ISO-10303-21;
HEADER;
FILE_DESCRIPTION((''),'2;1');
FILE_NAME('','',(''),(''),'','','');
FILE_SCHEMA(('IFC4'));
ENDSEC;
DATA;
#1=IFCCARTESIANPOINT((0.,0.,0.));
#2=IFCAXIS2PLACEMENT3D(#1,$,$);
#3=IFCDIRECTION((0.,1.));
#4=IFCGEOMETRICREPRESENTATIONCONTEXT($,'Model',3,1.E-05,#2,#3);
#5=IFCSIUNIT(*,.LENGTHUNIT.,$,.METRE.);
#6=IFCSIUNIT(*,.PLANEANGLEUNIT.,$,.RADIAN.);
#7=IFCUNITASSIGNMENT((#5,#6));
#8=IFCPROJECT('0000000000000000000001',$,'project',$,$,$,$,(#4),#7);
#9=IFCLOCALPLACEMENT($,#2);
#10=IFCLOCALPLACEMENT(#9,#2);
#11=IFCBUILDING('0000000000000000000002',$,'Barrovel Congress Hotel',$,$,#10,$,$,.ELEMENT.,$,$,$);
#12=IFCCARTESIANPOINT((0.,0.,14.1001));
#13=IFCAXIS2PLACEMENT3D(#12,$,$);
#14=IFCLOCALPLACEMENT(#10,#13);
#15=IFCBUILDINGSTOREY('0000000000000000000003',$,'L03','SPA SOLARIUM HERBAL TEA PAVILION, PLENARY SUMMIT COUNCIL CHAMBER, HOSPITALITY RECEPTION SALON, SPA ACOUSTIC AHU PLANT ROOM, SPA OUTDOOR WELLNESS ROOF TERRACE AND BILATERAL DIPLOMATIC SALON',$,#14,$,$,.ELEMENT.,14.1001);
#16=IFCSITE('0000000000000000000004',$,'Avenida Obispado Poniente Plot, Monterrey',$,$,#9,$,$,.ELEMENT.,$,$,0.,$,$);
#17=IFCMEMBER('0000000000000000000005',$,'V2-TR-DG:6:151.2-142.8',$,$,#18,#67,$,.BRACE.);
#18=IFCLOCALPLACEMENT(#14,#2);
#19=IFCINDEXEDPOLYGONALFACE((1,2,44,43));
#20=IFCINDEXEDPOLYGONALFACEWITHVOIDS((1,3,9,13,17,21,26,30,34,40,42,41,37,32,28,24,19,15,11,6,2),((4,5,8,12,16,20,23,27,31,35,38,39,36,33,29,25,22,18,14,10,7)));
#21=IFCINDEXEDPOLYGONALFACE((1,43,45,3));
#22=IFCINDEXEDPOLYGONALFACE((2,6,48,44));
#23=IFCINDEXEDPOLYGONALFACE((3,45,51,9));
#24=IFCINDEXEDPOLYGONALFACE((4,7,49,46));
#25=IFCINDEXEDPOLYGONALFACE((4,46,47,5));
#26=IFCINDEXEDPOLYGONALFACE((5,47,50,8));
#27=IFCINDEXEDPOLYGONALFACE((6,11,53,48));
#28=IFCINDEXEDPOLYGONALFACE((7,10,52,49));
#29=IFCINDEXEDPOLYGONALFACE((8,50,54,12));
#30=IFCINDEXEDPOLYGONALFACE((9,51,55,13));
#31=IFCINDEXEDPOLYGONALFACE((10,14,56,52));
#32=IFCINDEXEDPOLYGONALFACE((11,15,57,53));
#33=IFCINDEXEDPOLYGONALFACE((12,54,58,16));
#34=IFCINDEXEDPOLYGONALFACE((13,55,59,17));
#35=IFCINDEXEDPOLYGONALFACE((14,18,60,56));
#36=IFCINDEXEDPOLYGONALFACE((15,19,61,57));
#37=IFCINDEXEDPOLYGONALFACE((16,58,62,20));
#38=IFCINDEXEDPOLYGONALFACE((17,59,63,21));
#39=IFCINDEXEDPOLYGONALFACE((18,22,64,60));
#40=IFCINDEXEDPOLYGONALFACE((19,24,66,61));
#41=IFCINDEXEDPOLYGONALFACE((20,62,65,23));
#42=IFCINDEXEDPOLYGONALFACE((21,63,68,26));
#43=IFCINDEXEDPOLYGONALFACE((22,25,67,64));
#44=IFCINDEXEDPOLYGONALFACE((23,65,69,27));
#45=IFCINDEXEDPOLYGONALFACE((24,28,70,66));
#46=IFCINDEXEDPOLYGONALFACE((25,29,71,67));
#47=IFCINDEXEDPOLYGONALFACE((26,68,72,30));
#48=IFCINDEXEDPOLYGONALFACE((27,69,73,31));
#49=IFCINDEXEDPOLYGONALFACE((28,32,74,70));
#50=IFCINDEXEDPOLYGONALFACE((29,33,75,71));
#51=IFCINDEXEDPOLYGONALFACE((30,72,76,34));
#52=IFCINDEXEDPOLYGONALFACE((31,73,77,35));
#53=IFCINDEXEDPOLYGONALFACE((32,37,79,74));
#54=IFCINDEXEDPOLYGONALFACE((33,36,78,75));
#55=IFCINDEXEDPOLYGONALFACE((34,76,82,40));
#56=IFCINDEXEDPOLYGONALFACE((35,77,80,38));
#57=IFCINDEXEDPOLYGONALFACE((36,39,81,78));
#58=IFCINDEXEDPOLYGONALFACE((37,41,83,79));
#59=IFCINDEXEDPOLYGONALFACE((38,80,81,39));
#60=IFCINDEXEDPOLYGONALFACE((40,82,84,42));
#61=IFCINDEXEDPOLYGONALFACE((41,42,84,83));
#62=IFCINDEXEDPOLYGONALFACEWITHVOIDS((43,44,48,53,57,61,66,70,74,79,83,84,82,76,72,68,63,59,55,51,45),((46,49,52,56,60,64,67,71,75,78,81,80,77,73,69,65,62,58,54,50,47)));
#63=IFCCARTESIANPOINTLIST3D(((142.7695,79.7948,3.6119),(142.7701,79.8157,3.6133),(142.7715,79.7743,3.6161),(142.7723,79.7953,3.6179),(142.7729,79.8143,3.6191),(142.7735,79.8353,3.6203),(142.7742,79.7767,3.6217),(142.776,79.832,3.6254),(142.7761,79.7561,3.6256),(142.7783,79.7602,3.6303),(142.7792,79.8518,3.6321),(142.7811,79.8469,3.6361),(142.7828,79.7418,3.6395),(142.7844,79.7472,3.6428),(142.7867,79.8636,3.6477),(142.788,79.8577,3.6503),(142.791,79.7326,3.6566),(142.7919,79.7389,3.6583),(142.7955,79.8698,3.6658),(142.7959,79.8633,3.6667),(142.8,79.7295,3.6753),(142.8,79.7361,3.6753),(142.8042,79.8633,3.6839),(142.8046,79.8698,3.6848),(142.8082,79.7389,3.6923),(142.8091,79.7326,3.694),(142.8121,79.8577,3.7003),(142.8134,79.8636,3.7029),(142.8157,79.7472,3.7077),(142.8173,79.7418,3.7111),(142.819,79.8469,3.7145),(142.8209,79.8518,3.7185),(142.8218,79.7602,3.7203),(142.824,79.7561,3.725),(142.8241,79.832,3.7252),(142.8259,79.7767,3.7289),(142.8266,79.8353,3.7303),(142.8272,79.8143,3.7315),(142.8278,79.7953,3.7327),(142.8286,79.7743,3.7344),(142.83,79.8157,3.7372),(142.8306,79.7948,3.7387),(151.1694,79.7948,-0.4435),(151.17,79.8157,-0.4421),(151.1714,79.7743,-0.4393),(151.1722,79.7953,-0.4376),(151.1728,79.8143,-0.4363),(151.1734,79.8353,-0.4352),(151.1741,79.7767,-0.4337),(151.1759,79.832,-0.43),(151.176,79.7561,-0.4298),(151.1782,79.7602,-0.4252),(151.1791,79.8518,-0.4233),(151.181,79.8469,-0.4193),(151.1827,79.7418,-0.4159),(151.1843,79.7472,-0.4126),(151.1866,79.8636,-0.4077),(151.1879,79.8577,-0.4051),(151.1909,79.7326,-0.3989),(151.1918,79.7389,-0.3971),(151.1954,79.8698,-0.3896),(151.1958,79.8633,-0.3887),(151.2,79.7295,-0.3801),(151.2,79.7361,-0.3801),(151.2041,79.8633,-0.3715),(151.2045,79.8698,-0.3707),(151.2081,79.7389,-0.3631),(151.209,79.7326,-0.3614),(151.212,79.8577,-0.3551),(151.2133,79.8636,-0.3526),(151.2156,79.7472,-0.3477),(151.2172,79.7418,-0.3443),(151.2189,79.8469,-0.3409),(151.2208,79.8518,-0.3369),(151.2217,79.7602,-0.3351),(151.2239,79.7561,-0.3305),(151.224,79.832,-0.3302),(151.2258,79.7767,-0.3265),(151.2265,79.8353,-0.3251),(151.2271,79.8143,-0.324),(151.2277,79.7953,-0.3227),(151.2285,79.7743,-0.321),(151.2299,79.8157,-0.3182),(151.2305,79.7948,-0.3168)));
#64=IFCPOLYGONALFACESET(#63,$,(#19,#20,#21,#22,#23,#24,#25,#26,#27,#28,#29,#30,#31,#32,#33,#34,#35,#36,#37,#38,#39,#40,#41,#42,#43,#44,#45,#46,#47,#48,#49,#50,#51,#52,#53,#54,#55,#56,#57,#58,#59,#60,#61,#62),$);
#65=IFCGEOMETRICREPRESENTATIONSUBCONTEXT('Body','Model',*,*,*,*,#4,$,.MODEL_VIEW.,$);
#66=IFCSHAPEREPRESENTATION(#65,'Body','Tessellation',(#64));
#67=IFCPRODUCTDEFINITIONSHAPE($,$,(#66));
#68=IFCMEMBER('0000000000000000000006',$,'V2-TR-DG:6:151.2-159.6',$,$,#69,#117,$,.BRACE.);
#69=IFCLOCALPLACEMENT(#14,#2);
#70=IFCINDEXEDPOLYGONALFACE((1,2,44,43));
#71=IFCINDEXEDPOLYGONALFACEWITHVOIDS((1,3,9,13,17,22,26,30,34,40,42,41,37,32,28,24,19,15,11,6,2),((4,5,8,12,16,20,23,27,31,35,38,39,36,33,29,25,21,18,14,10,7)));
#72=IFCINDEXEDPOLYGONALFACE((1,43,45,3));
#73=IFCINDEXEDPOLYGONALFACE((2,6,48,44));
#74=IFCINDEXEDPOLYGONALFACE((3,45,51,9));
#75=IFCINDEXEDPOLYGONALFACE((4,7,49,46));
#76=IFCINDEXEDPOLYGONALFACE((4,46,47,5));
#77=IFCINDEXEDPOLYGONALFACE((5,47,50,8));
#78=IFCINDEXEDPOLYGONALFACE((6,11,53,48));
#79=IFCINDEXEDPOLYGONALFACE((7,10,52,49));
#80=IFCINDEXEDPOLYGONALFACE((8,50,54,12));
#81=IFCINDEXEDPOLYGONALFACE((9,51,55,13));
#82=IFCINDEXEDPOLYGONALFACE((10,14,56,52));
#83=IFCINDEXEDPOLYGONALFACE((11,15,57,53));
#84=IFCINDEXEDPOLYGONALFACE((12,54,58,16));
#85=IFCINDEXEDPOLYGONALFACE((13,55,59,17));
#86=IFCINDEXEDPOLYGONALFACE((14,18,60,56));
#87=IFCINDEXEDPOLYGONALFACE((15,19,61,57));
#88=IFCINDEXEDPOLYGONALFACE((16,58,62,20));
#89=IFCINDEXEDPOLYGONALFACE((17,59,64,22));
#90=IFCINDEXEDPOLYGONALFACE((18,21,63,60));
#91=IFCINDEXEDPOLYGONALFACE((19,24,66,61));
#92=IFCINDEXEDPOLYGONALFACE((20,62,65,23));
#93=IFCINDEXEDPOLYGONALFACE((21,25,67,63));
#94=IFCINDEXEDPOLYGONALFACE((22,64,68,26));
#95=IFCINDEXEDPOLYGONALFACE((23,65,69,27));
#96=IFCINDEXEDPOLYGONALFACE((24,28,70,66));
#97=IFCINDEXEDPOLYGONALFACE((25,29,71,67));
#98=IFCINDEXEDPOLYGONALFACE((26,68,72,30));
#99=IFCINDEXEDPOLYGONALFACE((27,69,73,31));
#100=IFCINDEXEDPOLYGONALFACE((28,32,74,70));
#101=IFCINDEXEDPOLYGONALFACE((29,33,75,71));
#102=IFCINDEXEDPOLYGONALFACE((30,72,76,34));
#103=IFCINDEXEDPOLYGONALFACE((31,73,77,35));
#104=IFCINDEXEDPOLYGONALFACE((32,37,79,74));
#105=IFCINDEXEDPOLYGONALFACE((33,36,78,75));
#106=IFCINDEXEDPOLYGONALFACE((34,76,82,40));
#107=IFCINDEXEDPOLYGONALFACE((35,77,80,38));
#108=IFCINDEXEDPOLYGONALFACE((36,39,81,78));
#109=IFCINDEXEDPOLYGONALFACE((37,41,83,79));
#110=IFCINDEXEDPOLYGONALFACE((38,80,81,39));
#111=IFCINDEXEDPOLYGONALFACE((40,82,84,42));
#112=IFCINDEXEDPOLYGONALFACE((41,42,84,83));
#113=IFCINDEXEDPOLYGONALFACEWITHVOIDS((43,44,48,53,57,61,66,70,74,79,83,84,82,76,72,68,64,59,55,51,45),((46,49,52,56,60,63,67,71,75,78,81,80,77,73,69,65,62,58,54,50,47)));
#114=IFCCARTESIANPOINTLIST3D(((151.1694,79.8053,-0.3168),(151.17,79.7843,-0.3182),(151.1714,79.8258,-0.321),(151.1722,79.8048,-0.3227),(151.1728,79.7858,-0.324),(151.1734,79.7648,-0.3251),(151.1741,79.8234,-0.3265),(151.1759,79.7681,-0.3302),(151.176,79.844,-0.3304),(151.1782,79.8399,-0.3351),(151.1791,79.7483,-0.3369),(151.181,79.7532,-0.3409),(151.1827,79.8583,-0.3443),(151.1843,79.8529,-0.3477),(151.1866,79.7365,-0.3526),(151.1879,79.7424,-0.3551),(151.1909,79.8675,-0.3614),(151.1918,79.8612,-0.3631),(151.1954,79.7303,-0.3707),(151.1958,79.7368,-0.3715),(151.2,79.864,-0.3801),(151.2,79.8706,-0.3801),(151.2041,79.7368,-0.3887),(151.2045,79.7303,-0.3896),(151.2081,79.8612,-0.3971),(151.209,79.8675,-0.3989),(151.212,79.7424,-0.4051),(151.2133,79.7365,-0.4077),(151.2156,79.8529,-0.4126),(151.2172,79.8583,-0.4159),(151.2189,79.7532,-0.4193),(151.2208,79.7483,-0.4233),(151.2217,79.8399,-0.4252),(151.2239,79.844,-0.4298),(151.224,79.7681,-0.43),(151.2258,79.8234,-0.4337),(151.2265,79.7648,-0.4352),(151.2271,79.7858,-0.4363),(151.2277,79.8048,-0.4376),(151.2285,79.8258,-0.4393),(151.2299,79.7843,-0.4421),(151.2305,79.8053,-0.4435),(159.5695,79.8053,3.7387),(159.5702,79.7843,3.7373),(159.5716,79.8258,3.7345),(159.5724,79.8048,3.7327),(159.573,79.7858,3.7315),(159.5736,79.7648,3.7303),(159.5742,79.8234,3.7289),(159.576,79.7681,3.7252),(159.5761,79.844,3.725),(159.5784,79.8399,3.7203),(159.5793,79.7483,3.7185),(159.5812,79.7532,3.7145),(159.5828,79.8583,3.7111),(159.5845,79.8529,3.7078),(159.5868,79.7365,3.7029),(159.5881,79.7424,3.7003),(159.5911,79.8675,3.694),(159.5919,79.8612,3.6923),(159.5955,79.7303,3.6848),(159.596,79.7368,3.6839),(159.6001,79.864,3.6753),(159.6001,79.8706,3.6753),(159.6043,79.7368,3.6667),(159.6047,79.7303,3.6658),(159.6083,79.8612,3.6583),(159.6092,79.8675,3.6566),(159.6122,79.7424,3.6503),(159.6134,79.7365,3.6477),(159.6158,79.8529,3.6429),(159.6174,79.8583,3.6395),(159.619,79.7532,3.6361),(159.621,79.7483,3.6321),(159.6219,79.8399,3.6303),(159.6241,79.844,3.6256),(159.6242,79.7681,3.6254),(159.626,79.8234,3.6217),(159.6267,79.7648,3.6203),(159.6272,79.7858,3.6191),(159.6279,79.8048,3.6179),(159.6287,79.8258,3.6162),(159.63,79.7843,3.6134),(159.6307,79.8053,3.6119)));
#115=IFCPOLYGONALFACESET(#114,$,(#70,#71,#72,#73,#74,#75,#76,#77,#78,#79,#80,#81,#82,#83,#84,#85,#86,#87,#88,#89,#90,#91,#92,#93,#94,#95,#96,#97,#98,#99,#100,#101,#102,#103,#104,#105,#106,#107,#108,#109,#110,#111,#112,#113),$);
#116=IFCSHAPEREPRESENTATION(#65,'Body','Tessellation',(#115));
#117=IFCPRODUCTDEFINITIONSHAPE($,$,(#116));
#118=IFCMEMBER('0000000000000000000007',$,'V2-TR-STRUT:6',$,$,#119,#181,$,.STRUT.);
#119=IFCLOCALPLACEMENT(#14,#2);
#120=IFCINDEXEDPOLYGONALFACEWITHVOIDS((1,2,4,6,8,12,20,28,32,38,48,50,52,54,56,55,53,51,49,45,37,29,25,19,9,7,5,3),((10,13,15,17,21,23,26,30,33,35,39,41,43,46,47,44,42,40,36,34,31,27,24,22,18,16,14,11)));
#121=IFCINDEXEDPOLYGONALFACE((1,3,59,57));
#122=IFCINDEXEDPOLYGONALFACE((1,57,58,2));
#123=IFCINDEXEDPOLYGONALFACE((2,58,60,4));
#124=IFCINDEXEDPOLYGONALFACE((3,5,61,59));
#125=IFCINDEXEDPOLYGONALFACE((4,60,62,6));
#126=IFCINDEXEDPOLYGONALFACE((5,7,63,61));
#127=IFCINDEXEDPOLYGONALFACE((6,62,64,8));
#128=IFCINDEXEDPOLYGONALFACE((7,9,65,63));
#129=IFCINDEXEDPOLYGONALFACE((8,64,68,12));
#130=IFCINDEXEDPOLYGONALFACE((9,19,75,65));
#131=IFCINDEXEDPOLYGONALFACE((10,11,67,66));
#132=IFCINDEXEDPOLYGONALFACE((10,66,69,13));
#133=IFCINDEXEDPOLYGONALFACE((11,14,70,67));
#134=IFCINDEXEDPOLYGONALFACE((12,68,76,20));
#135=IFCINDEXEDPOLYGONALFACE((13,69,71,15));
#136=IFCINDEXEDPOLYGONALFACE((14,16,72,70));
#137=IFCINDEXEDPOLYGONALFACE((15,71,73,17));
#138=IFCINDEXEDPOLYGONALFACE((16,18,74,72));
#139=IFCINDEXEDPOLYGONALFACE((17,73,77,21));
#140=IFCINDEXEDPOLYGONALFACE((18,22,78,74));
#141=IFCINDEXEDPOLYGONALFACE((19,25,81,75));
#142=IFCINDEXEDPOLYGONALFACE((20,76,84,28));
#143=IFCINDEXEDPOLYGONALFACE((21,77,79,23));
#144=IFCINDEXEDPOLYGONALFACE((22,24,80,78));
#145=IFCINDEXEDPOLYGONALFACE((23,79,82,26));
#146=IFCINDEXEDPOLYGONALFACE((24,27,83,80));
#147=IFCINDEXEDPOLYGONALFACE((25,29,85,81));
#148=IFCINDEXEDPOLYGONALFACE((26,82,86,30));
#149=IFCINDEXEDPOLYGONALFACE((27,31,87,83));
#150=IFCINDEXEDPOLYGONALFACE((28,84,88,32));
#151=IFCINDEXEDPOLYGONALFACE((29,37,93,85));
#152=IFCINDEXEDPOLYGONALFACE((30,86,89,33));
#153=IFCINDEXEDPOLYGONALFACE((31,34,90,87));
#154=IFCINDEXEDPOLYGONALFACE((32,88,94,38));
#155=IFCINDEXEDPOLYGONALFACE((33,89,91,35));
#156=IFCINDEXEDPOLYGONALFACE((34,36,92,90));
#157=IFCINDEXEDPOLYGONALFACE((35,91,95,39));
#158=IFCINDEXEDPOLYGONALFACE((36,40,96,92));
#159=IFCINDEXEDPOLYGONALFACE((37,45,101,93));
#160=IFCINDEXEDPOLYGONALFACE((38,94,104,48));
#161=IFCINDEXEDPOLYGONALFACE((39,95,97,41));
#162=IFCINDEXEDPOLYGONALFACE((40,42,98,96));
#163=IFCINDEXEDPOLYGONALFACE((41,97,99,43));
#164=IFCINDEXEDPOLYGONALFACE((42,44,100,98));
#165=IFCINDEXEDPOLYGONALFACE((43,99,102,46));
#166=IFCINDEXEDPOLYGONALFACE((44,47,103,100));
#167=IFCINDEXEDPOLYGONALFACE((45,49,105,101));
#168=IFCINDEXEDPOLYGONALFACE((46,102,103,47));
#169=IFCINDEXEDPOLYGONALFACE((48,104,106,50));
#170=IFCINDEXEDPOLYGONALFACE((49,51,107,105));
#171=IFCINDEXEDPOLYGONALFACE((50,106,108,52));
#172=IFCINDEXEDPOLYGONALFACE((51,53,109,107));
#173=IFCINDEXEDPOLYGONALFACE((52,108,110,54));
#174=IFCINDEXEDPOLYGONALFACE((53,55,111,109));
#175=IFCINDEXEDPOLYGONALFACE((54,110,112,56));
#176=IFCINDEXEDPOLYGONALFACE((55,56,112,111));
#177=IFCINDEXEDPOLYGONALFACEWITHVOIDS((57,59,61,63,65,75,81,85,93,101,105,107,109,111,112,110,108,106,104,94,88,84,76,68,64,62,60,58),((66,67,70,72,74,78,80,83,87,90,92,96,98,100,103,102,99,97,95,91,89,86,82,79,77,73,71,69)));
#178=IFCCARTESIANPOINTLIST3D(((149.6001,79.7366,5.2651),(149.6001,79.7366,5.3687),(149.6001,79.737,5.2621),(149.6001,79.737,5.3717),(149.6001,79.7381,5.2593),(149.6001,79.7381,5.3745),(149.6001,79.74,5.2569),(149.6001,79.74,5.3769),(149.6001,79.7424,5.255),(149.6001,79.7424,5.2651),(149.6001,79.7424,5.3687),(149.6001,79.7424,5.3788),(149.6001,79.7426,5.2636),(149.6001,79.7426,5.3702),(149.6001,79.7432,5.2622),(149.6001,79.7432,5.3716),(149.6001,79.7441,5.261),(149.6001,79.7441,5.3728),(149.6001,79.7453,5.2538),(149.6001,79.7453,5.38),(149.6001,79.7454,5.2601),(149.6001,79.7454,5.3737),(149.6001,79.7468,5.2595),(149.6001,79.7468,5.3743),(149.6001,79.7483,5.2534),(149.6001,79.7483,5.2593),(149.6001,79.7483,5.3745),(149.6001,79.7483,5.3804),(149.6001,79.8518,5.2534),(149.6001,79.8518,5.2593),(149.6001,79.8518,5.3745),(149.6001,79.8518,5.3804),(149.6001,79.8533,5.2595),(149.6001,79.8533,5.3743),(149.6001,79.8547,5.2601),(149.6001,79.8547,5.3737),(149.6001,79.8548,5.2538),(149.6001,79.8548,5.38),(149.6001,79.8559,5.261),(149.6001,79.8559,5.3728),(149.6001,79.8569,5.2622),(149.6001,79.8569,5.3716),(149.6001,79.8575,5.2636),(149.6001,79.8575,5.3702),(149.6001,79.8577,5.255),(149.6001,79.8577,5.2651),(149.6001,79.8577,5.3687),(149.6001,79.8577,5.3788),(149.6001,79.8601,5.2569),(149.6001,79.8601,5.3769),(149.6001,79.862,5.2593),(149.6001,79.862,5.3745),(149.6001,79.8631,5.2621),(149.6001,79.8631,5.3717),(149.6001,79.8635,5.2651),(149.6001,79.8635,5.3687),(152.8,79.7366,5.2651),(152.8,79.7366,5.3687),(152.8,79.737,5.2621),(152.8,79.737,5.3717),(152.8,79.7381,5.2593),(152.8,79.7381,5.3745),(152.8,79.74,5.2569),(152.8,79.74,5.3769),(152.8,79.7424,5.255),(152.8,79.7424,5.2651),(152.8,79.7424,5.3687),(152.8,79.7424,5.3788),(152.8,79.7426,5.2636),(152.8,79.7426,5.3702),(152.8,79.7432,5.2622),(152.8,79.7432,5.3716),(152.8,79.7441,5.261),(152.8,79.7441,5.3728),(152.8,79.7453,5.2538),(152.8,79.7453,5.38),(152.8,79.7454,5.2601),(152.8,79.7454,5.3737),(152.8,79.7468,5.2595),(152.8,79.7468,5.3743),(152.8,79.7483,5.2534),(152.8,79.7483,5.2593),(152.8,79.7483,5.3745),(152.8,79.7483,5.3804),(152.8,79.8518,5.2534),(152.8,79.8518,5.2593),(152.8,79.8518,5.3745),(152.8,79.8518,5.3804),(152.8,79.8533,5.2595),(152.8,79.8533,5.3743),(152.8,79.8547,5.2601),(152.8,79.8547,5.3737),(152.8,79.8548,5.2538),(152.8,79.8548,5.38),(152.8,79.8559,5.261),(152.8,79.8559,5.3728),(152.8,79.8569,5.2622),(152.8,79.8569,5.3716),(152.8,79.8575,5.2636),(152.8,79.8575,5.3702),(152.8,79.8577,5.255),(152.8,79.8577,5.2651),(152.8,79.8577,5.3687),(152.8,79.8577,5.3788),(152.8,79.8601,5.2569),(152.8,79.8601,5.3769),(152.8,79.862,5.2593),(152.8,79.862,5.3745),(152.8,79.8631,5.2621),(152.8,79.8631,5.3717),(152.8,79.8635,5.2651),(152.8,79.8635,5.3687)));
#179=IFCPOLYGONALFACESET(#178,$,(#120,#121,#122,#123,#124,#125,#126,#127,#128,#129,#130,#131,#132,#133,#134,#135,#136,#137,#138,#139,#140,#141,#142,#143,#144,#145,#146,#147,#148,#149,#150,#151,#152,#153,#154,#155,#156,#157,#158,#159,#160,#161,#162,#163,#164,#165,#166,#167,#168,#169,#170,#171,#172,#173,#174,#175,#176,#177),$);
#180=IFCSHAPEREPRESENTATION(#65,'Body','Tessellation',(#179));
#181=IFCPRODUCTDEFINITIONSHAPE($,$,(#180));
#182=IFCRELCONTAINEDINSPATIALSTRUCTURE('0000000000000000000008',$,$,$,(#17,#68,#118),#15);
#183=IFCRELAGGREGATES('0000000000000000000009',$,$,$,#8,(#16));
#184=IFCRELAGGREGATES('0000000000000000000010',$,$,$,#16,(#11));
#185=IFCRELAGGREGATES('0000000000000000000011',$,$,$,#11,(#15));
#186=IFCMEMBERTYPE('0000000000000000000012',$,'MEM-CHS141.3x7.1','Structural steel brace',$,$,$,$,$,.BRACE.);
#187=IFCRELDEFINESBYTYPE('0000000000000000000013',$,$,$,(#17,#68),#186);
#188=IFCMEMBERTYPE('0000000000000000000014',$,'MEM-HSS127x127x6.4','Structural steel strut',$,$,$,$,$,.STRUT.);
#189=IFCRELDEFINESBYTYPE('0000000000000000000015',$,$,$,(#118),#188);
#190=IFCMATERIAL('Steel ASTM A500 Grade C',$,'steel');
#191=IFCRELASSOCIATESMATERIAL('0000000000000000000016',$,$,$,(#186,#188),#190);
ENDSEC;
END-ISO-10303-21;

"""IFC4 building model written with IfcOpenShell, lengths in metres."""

from ifc_helpers import new_model, si_unit, direction, frame, origin, origin_2d, place, context, subcontext, project, spatial, hollow_rectangle, hollow_circle, extrude, material, material_profile, profile_set, type_object, element, save


model = new_model("IFC4")

# Units and contexts
model_context = context("Model", 3, precision=1e-05, world=origin(), true_north=direction((0.0, 1.0)))
body_context = subcontext(model_context, "Body", "Model", "MODEL_VIEW")
ifc_project = project(units=[si_unit("LENGTHUNIT", "METRE"), si_unit("PLANEANGLEUNIT", "RADIAN")], contexts=[model_context])

# Site, building, storey
site_placement = place(None, origin())
site = spatial("IfcSite", under=ifc_project, at=site_placement, Name="Avenida Obispado Poniente Plot, Monterrey", CompositionType="ELEMENT", RefElevation=0.0)
building_placement = place(site_placement, origin())
building = spatial("IfcBuilding", under=site, at=building_placement, Name="Barrovel Congress Hotel", CompositionType="ELEMENT")
storey_placement = place(building_placement, frame((0.0, 0.0, 14.1001)))
storey = spatial("IfcBuildingStorey", under=building, at=storey_placement, Name="L03", Description="SPA SOLARIUM HERBAL TEA PAVILION, PLENARY SUMMIT COUNCIL CHAMBER, HOSPITALITY RECEPTION SALON, SPA ACOUSTIC AHU PLANT ROOM, SPA OUTDOOR WELLNESS ROOF TERRACE AND BILATERAL DIPLOMATIC SALON", CompositionType="ELEMENT", Elevation=14.1001)

# Shared definitions
ifc_material_1 = material(Name="Steel ASTM A500 Grade C", Category="steel")

# Members
ifc_material_profile_1 = material_profile(ifc_material_1, hollow_circle(Radius=0.0706, WallThickness=0.0066, at=origin_2d()), Name="CHS141.3x7.1")
ifc_profile_set_1 = profile_set([ifc_material_profile_1], Name="Steel ASTM A500 Grade C")
member_type_1 = type_object("IfcMemberType", Name="MEM-CHS141.3x7.1", Description="Structural steel brace", PredefinedType="BRACE", material=ifc_profile_set_1)
member_1_placement = place(storey_placement, frame((151.2, 79.8, -0.3801), z_axis=(-0.900539, 0.0, 0.434775), x_axis=(0.0, -1.0, 0.0)))
element("IfcMember", 1, at=member_1_placement, inside=storey, type_object=member_type_1, Name="V2-TR-DG:6:151.2-142.8", PredefinedType="BRACE", context=body_context, shape_type="SweptSolid", body=[
    extrude(hollow_circle(Radius=0.0706, WallThickness=0.0066, at=origin_2d()), origin(), (0.0, 0.0, 1.0), 9.3276),
])
member_2_placement = place(storey_placement, frame((151.2, 79.8, -0.3801), z_axis=(0.900544, 0.0, 0.434764), x_axis=(0.0, 1.0, 0.0)))
element("IfcMember", 2, at=member_2_placement, inside=storey, type_object=member_type_1, Name="V2-TR-DG:6:151.2-159.6", PredefinedType="BRACE", context=body_context, shape_type="SweptSolid", body=[
    extrude(hollow_circle(Radius=0.0706, WallThickness=0.0066, at=origin_2d()), origin(), (0.0, 0.0, 1.0), 9.3279),
])
ifc_material_profile_2 = material_profile(ifc_material_1, hollow_rectangle(XDim=0.127, YDim=0.127, WallThickness=0.0059, InnerFilletRadius=0.0059, OuterFilletRadius=0.0117, at=origin_2d()), Name="HSS127x127x6.4")
ifc_profile_set_2 = profile_set([ifc_material_profile_2], Name="Steel ASTM A500 Grade C")
member_type_2 = type_object("IfcMemberType", Name="MEM-HSS127x127x6.4", Description="Structural steel strut", PredefinedType="STRUT", material=ifc_profile_set_2)
member_3_placement = place(storey_placement, frame((149.6001, 79.8, 5.3169), z_axis=(1.0, 0.0, 0.0), x_axis=(0.0, 1.0, 0.0)))
element("IfcMember", 3, at=member_3_placement, inside=storey, type_object=member_type_2, Name="V2-TR-STRUT:6", PredefinedType="STRUT", context=body_context, shape_type="SweptSolid", body=[
    extrude(hollow_rectangle(XDim=0.127, YDim=0.127, WallThickness=0.0059, InnerFilletRadius=0.0059, OuterFilletRadius=0.0117, at=origin_2d()), origin(), (0.0, 0.0, 1.0), 3.2),
])

save(model, "model.ifc")
